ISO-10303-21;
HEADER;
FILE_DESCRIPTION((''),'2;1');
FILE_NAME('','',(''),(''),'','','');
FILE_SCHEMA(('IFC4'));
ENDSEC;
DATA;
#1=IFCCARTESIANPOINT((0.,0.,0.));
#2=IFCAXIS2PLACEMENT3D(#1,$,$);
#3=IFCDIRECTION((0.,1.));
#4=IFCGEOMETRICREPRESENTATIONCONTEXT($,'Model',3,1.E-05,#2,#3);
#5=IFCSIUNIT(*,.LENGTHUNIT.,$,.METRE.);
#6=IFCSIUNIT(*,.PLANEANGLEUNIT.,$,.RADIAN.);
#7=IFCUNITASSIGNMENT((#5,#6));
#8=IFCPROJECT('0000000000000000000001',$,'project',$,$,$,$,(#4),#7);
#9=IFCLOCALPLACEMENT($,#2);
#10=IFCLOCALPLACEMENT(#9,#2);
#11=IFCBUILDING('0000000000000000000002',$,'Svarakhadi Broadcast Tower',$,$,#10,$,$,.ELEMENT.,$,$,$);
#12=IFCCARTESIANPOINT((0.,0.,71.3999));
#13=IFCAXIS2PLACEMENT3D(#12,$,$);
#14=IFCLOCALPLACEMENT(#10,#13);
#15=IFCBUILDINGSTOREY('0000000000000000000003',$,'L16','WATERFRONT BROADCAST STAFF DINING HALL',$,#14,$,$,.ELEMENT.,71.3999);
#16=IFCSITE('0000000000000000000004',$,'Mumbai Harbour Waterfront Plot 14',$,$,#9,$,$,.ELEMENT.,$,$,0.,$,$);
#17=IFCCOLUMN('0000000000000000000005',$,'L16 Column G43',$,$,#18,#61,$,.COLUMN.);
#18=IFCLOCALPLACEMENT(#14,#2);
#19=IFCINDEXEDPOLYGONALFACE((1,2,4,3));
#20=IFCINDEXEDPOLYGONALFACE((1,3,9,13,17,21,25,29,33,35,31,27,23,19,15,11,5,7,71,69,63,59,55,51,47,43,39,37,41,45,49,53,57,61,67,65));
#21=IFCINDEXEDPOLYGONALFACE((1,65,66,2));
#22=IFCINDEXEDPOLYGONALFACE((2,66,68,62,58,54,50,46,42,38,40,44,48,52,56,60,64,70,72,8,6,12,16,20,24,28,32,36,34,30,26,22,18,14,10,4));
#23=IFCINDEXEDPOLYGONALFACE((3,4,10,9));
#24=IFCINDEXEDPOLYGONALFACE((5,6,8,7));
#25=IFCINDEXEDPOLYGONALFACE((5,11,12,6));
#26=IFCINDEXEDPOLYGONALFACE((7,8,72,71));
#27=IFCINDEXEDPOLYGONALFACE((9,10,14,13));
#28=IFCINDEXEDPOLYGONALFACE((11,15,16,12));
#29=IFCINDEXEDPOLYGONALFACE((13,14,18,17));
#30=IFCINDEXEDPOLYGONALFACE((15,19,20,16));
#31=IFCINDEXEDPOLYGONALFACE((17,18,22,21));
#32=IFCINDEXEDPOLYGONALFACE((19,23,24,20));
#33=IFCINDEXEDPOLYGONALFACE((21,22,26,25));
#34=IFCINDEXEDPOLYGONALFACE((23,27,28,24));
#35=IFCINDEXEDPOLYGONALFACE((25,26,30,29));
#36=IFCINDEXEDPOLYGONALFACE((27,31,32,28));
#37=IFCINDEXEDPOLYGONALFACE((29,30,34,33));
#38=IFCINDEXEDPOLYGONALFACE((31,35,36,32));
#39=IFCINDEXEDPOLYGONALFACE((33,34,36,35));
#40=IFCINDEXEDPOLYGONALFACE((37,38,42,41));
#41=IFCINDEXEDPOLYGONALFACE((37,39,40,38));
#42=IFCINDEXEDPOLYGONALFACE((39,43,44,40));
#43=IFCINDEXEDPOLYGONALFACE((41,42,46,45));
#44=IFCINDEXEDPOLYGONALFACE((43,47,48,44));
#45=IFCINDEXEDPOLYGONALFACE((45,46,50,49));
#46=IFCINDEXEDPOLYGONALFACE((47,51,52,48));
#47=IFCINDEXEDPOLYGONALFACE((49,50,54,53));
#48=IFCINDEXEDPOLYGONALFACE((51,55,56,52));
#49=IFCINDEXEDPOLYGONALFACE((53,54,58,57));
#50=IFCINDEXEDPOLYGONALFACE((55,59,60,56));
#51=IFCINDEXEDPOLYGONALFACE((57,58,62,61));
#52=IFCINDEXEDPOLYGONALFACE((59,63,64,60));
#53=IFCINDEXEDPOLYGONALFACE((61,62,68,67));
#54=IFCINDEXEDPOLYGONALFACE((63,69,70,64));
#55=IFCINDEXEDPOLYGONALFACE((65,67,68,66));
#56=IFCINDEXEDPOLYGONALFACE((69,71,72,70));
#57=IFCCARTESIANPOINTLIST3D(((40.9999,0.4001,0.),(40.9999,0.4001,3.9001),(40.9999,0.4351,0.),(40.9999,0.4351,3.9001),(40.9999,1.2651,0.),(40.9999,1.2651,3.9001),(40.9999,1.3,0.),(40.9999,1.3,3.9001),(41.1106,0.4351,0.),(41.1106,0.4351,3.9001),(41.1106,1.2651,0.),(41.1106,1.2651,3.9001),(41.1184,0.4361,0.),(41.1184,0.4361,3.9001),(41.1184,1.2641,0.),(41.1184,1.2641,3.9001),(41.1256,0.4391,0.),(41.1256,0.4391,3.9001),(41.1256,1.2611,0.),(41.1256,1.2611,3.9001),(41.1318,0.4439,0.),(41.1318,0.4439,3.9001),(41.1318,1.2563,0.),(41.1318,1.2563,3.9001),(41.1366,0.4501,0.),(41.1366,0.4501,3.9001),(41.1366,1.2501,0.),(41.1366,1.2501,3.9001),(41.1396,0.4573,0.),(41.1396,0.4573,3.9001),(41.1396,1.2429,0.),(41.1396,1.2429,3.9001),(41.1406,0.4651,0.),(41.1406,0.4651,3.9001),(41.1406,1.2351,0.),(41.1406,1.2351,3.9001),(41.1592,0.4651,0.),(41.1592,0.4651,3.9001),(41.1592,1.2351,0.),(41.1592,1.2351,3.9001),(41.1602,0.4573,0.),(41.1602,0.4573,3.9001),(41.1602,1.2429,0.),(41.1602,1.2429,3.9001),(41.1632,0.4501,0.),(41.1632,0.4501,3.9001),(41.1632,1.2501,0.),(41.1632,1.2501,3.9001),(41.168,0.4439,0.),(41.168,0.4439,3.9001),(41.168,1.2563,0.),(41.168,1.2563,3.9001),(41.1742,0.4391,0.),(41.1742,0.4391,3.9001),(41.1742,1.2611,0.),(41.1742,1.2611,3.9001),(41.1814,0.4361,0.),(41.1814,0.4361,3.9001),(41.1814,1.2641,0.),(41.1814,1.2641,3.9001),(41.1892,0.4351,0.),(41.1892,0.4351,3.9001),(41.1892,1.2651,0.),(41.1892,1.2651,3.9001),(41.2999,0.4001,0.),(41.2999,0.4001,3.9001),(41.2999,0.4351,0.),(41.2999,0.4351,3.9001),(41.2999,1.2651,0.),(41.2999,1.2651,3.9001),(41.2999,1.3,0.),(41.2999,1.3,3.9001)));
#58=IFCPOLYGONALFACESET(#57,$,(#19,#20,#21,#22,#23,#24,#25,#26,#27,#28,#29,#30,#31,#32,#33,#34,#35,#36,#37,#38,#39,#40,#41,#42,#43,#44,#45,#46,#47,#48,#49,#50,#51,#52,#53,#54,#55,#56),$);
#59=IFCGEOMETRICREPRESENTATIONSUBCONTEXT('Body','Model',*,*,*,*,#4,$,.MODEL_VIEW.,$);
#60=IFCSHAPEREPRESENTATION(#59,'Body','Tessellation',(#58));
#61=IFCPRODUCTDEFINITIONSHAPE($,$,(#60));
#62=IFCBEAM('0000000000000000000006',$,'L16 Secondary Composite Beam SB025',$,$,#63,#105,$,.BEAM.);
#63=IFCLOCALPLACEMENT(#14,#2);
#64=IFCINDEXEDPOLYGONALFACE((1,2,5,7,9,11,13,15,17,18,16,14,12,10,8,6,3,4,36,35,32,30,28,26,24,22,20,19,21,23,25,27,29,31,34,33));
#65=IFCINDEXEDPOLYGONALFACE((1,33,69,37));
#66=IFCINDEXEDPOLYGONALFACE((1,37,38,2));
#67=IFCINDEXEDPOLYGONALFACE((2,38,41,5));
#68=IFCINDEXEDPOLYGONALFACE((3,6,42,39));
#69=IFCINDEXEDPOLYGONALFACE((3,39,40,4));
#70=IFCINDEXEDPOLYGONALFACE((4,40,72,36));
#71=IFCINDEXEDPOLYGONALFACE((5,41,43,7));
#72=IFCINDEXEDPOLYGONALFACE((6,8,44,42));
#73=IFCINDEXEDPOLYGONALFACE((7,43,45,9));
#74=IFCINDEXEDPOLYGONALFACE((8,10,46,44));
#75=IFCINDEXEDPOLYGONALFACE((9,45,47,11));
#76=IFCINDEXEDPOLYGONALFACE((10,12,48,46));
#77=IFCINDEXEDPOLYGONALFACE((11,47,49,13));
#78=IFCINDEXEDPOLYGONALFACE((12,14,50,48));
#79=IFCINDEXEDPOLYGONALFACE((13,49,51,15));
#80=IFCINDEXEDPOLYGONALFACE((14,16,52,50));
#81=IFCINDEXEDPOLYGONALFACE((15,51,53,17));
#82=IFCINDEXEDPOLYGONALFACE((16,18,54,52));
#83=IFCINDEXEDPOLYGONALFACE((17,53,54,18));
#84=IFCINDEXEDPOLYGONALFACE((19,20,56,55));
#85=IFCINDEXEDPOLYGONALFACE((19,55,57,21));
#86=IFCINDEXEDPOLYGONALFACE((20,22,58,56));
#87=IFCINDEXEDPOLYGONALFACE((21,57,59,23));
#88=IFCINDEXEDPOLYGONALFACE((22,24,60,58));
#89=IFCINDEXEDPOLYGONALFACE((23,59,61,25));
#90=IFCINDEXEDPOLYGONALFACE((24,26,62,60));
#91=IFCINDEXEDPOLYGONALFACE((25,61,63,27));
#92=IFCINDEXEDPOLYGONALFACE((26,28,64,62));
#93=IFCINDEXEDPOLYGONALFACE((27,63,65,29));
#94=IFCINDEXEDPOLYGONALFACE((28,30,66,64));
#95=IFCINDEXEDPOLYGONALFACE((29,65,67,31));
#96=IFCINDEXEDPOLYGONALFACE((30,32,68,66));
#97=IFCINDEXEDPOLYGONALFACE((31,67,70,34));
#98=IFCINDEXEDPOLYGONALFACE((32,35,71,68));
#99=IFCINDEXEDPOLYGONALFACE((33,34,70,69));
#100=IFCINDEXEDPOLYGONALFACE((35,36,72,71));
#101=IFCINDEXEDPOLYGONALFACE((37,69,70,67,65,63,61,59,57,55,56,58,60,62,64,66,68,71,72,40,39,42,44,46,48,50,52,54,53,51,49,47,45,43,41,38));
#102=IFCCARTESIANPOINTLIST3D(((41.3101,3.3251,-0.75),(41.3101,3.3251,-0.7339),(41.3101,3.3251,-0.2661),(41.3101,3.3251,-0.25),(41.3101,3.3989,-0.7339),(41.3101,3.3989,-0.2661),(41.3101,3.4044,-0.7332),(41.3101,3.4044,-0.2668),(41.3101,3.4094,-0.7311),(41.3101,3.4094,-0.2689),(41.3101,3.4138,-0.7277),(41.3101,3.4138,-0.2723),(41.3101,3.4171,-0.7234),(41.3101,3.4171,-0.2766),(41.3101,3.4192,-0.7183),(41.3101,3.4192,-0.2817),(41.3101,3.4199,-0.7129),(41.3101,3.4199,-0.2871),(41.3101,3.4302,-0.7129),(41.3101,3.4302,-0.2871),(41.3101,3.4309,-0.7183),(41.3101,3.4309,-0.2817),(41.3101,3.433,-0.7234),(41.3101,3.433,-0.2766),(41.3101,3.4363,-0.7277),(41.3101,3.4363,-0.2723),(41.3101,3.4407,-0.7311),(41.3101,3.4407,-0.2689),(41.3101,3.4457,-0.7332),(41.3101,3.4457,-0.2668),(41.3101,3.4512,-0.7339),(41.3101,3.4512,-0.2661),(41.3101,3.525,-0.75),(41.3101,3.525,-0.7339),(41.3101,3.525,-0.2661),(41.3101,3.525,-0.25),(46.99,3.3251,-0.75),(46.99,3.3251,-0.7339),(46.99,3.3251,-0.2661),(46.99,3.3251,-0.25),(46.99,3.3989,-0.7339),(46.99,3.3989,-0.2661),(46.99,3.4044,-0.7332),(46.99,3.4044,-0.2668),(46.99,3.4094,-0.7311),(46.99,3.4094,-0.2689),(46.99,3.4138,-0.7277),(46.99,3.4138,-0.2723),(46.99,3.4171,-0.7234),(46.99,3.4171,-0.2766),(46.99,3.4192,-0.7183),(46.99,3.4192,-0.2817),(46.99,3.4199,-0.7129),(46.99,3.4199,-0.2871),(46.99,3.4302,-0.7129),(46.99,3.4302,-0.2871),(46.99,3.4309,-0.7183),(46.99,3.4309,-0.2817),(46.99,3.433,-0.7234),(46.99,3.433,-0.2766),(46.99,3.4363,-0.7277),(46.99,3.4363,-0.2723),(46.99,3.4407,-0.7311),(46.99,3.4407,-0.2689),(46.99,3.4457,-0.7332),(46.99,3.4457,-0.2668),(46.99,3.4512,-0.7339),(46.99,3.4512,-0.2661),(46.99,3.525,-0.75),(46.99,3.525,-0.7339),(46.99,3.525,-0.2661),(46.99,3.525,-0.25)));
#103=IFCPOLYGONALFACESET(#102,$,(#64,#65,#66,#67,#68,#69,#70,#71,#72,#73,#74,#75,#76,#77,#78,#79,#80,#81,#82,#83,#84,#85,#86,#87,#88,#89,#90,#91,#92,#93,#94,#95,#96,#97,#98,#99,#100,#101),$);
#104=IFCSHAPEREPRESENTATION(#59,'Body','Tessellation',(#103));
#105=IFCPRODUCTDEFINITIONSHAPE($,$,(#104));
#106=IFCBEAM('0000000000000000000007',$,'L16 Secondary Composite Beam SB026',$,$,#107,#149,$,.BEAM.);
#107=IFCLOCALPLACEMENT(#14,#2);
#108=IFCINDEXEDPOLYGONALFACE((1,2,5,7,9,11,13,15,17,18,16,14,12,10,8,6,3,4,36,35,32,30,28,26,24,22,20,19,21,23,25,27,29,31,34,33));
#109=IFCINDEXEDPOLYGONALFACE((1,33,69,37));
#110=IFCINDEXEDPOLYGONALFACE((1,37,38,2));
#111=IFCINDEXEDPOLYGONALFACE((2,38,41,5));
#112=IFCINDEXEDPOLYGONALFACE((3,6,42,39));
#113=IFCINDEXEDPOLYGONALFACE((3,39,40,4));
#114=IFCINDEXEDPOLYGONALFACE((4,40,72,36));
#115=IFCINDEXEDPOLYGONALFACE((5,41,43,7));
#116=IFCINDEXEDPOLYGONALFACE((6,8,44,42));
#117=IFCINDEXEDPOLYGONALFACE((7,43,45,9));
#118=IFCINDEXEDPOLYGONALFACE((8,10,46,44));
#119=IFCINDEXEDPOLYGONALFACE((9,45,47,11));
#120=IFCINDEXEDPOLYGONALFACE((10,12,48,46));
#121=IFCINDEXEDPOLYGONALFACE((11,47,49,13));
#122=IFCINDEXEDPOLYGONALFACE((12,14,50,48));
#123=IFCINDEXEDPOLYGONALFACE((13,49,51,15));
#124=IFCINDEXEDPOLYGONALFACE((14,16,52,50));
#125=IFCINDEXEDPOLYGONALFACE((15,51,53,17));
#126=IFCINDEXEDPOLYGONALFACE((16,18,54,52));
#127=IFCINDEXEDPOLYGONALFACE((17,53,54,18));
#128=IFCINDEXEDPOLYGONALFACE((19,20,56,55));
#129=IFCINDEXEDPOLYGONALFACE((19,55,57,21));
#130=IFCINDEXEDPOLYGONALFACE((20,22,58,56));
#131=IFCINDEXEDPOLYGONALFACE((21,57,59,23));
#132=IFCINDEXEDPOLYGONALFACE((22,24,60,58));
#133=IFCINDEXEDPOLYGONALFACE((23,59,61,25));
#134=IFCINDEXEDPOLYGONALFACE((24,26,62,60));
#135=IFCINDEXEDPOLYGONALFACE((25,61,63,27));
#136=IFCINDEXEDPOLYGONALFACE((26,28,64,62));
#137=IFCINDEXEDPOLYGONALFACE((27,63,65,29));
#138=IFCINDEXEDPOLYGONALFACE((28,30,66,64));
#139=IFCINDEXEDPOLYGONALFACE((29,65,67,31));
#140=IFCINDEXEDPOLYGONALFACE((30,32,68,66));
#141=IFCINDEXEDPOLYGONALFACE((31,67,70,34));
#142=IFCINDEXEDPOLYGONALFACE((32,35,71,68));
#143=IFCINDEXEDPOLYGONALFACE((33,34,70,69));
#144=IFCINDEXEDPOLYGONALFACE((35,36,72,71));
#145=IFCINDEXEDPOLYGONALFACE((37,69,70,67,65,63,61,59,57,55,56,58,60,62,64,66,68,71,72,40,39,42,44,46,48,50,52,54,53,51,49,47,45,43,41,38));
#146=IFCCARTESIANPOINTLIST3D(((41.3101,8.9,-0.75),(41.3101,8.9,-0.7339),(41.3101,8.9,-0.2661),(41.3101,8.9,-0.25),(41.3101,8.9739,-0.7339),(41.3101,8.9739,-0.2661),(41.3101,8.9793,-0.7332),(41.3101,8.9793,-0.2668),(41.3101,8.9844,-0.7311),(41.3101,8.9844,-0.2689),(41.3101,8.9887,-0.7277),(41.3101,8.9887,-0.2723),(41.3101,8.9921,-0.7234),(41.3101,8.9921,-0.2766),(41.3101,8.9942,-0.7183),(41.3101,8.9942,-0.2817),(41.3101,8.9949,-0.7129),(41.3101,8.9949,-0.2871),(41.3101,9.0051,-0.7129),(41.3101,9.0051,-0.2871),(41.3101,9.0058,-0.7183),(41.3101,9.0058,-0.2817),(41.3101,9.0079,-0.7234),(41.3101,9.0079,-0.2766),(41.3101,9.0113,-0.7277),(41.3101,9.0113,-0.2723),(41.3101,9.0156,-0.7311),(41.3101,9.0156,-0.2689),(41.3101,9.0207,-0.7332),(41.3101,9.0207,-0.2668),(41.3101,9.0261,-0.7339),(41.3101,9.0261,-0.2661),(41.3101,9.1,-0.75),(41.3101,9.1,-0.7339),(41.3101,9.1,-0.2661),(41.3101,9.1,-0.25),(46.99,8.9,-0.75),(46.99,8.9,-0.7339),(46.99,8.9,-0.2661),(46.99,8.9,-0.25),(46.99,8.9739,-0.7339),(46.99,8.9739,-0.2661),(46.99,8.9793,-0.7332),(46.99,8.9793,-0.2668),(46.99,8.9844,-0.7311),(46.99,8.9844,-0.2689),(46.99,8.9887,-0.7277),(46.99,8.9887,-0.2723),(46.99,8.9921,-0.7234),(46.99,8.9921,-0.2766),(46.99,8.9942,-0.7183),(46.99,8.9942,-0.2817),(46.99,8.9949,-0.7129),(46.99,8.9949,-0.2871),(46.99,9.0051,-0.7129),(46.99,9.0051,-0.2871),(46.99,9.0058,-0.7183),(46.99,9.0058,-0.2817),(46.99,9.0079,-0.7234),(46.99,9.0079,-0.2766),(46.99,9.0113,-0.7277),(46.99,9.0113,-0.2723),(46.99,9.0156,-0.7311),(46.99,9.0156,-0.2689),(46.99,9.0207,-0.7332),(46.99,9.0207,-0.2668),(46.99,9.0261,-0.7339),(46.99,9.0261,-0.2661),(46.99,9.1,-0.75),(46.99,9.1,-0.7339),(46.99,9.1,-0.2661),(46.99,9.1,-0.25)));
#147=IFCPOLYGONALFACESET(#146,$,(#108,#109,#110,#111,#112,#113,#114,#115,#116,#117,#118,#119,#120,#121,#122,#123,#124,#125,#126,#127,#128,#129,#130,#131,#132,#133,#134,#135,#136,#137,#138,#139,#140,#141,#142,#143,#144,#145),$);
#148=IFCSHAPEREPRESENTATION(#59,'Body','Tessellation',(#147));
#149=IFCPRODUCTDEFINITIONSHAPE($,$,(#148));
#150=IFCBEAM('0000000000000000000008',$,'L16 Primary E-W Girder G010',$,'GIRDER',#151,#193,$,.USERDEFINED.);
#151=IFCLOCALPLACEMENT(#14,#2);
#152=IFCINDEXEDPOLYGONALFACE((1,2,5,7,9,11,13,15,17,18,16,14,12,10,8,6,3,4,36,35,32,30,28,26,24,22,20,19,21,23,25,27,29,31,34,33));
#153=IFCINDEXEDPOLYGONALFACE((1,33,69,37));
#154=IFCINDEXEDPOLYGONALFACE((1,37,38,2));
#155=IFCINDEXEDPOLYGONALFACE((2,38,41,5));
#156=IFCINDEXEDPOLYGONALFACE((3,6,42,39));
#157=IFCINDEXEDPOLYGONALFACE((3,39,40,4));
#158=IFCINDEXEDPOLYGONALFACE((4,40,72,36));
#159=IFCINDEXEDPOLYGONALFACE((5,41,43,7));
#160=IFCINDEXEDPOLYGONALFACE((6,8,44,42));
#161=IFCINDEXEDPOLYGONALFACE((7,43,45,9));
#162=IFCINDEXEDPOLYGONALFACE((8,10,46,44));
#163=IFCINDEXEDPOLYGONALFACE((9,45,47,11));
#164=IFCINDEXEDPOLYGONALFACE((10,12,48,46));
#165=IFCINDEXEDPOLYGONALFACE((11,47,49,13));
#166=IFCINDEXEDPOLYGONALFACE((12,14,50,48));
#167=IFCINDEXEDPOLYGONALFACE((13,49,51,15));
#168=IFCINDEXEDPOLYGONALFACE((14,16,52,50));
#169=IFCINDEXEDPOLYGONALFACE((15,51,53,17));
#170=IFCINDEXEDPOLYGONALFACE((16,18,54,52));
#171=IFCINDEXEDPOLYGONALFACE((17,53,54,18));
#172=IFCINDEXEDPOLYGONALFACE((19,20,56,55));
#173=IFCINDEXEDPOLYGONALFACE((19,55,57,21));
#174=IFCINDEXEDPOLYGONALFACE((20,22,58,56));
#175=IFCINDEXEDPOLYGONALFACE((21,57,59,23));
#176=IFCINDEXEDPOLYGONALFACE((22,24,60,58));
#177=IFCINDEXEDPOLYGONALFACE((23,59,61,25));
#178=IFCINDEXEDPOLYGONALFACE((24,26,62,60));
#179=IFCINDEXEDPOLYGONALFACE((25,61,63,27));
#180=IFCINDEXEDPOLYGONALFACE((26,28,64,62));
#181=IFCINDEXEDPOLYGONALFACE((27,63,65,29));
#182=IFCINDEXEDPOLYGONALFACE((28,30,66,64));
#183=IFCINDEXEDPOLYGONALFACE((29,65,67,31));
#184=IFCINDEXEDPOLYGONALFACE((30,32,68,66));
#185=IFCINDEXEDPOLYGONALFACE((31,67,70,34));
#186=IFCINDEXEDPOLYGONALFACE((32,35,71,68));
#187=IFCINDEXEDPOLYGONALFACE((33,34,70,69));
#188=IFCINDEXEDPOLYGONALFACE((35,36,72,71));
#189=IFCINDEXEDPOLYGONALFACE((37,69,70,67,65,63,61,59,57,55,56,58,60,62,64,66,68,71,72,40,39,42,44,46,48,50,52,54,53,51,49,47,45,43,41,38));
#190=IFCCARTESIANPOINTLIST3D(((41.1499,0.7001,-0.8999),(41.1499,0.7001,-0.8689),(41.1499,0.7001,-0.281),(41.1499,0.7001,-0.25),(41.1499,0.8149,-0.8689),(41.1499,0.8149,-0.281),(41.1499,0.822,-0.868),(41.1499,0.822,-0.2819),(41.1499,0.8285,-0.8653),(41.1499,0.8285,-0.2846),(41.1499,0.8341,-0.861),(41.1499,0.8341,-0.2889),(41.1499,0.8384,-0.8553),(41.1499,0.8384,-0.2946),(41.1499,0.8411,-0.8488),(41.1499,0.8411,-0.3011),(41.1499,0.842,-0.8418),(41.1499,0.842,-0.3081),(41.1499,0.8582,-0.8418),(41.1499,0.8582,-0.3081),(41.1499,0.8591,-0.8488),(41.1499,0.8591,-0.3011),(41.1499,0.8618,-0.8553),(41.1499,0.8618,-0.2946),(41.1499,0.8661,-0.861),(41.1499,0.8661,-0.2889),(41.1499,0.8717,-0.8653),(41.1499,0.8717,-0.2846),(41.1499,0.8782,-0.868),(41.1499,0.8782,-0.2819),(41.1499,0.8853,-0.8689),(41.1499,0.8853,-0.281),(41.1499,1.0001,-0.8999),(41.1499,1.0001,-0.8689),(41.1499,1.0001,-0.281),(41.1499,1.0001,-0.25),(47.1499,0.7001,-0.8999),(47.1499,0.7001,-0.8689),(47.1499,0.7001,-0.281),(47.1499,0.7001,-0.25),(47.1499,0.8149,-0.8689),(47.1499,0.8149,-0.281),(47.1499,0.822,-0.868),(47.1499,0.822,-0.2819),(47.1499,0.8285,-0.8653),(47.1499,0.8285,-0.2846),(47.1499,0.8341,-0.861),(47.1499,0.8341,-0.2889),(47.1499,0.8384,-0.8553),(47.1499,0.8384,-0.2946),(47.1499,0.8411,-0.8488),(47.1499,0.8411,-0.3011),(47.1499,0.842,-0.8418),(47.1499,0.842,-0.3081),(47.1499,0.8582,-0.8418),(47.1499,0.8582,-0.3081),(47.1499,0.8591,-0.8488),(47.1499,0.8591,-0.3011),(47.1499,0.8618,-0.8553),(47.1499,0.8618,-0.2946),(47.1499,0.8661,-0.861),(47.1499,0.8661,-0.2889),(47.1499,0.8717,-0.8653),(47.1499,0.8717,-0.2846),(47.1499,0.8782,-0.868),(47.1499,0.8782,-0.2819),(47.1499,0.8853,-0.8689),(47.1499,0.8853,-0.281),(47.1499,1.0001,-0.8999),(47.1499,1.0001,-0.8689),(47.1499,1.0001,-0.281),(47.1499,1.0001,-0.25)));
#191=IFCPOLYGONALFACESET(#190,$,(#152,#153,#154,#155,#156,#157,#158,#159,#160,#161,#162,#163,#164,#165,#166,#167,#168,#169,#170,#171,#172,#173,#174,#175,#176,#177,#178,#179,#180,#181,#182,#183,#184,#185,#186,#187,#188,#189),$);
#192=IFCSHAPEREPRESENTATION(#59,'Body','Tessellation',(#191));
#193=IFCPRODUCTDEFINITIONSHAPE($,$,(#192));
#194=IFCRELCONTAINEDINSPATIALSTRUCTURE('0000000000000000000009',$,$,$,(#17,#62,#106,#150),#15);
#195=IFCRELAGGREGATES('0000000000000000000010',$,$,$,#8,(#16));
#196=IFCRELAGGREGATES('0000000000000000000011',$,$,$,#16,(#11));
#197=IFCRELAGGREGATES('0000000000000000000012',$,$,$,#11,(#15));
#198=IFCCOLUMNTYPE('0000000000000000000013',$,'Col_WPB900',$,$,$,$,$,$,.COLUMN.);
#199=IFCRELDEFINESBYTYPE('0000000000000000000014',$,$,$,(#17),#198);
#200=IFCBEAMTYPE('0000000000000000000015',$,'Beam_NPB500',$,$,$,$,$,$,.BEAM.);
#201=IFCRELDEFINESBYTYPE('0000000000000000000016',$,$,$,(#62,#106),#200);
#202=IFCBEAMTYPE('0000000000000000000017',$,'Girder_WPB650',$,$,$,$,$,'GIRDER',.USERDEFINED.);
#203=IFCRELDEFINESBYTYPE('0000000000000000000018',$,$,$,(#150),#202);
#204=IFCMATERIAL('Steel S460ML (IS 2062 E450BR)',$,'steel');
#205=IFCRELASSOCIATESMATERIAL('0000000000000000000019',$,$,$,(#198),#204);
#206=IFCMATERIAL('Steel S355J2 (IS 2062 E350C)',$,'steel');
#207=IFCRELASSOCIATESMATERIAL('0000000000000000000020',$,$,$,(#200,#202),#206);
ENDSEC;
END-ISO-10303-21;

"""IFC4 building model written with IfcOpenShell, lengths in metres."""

from ifc_helpers import new_model, si_unit, direction, frame, origin, origin_2d, place, context, subcontext, project, spatial, i_section, extrude, material, material_profile, profile_set, type_object, element, save


model = new_model("IFC4")

# Units and contexts
model_context = context("Model", 3, precision=1e-05, world=origin(), true_north=direction((0.0, 1.0)))
body_context = subcontext(model_context, "Body", "Model", "MODEL_VIEW")
ifc_project = project(units=[si_unit("LENGTHUNIT", "METRE"), si_unit("PLANEANGLEUNIT", "RADIAN")], contexts=[model_context])

# Site, building, storey
site_placement = place(None, origin())
site = spatial("IfcSite", under=ifc_project, at=site_placement, Name="Mumbai Harbour Waterfront Plot 14", CompositionType="ELEMENT", RefElevation=0.0)
building_placement = place(site_placement, origin())
building = spatial("IfcBuilding", under=site, at=building_placement, Name="Svarakhadi Broadcast Tower", CompositionType="ELEMENT")
storey_placement = place(building_placement, frame((0.0, 0.0, 71.3999)))
storey = spatial("IfcBuildingStorey", under=building, at=storey_placement, Name="L16", Description="WATERFRONT BROADCAST STAFF DINING HALL", CompositionType="ELEMENT", Elevation=71.3999)

# Column
ifc_material_1 = material(Name="Steel S460ML (IS 2062 E450BR)", Category="steel")
ifc_material_profile_1 = material_profile(ifc_material_1, i_section(OverallWidth=0.3, OverallDepth=0.8999, WebThickness=0.0186, FlangeThickness=0.0349, FilletRadius=0.03, at=origin_2d()), Name="WPB 900x300x291")
ifc_profile_set_1 = profile_set([ifc_material_profile_1], Name="Steel S460ML (IS 2062 E450BR)")
column_type_1 = type_object("IfcColumnType", Name="Col_WPB900", PredefinedType="COLUMN", material=ifc_profile_set_1)
column_1_placement = place(storey_placement, frame((41.1499, 0.8501, 0.0), z_axis=(0.0, 0.0, 1.0), x_axis=(1.0, 0.0, 0.0)))
element("IfcColumn", 1, at=column_1_placement, inside=storey, type_object=column_type_1, Name="L16 Column G43", PredefinedType="COLUMN", context=body_context, shape_type="SweptSolid", body=[
    extrude(i_section(OverallWidth=0.3, OverallDepth=0.8999, WebThickness=0.0186, FlangeThickness=0.0349, FilletRadius=0.03, at=origin_2d()), origin(), (0.0, 0.0, 1.0), 3.9001),
])

# Beams
ifc_material_2 = material(Name="Steel S355J2 (IS 2062 E350C)", Category="steel")
ifc_material_profile_2 = material_profile(ifc_material_2, i_section(OverallWidth=0.2, OverallDepth=0.5, WebThickness=0.0103, FlangeThickness=0.0161, FilletRadius=0.021, at=origin_2d()), Name="NPB 500x200x91")
ifc_profile_set_2 = profile_set([ifc_material_profile_2], Name="Steel S355J2 (IS 2062 E350C)")
beam_type_1 = type_object("IfcBeamType", Name="Beam_NPB500", PredefinedType="BEAM", material=ifc_profile_set_2)
for number, where, z_axis, x_axis, name in (
    (2, (41.3101, 3.425, -0.5), (1.0, 0.0, 0.0), (0.0, 1.0, 0.0), "L16 Secondary Composite Beam SB025"),
    (3, (41.3101, 9.0, -0.5), (1.0, 0.0, 0.0), (0.0, 1.0, 0.0), "L16 Secondary Composite Beam SB026"),
):
    element("IfcBeam", number, at=place(storey_placement, frame(where, z_axis=z_axis, x_axis=x_axis)), inside=storey, type_object=beam_type_1, Name=name, PredefinedType="BEAM", context=body_context, shape_type="SweptSolid", body=[
        extrude(i_section(OverallWidth=0.2, OverallDepth=0.5, WebThickness=0.0103, FlangeThickness=0.0161, FilletRadius=0.021, at=origin_2d()), origin(), (0.0, 0.0, 1.0), 5.6799),
    ])
ifc_material_profile_3 = material_profile(ifc_material_2, i_section(OverallWidth=0.3, OverallDepth=0.6499, WebThickness=0.0161, FlangeThickness=0.031, FilletRadius=0.0271, at=origin_2d()), Name="WPB 650x300x225")
ifc_profile_set_3 = profile_set([ifc_material_profile_3], Name="Steel S355J2 (IS 2062 E350C)")
beam_type_2 = type_object("IfcBeamType", Name="Girder_WPB650", ElementType="GIRDER", PredefinedType="USERDEFINED", material=ifc_profile_set_3)
for number, where, z_axis, x_axis, name in (
    (4, (41.1499, 0.8501, -0.575), (1.0, 0.0, 0.0), (0.0, 1.0, 0.0), "L16 Primary E-W Girder G010"),
):
    element("IfcBeam", number, at=place(storey_placement, frame(where, z_axis=z_axis, x_axis=x_axis)), inside=storey, type_object=beam_type_2, Name=name, ObjectType="GIRDER", PredefinedType="USERDEFINED", context=body_context, shape_type="SweptSolid", body=[
        extrude(i_section(OverallWidth=0.3, OverallDepth=0.6499, WebThickness=0.0161, FlangeThickness=0.031, FilletRadius=0.0271, at=origin_2d()), origin(), (0.0, 0.0, 1.0), 6.0),
    ])

save(model, "model.ifc")
